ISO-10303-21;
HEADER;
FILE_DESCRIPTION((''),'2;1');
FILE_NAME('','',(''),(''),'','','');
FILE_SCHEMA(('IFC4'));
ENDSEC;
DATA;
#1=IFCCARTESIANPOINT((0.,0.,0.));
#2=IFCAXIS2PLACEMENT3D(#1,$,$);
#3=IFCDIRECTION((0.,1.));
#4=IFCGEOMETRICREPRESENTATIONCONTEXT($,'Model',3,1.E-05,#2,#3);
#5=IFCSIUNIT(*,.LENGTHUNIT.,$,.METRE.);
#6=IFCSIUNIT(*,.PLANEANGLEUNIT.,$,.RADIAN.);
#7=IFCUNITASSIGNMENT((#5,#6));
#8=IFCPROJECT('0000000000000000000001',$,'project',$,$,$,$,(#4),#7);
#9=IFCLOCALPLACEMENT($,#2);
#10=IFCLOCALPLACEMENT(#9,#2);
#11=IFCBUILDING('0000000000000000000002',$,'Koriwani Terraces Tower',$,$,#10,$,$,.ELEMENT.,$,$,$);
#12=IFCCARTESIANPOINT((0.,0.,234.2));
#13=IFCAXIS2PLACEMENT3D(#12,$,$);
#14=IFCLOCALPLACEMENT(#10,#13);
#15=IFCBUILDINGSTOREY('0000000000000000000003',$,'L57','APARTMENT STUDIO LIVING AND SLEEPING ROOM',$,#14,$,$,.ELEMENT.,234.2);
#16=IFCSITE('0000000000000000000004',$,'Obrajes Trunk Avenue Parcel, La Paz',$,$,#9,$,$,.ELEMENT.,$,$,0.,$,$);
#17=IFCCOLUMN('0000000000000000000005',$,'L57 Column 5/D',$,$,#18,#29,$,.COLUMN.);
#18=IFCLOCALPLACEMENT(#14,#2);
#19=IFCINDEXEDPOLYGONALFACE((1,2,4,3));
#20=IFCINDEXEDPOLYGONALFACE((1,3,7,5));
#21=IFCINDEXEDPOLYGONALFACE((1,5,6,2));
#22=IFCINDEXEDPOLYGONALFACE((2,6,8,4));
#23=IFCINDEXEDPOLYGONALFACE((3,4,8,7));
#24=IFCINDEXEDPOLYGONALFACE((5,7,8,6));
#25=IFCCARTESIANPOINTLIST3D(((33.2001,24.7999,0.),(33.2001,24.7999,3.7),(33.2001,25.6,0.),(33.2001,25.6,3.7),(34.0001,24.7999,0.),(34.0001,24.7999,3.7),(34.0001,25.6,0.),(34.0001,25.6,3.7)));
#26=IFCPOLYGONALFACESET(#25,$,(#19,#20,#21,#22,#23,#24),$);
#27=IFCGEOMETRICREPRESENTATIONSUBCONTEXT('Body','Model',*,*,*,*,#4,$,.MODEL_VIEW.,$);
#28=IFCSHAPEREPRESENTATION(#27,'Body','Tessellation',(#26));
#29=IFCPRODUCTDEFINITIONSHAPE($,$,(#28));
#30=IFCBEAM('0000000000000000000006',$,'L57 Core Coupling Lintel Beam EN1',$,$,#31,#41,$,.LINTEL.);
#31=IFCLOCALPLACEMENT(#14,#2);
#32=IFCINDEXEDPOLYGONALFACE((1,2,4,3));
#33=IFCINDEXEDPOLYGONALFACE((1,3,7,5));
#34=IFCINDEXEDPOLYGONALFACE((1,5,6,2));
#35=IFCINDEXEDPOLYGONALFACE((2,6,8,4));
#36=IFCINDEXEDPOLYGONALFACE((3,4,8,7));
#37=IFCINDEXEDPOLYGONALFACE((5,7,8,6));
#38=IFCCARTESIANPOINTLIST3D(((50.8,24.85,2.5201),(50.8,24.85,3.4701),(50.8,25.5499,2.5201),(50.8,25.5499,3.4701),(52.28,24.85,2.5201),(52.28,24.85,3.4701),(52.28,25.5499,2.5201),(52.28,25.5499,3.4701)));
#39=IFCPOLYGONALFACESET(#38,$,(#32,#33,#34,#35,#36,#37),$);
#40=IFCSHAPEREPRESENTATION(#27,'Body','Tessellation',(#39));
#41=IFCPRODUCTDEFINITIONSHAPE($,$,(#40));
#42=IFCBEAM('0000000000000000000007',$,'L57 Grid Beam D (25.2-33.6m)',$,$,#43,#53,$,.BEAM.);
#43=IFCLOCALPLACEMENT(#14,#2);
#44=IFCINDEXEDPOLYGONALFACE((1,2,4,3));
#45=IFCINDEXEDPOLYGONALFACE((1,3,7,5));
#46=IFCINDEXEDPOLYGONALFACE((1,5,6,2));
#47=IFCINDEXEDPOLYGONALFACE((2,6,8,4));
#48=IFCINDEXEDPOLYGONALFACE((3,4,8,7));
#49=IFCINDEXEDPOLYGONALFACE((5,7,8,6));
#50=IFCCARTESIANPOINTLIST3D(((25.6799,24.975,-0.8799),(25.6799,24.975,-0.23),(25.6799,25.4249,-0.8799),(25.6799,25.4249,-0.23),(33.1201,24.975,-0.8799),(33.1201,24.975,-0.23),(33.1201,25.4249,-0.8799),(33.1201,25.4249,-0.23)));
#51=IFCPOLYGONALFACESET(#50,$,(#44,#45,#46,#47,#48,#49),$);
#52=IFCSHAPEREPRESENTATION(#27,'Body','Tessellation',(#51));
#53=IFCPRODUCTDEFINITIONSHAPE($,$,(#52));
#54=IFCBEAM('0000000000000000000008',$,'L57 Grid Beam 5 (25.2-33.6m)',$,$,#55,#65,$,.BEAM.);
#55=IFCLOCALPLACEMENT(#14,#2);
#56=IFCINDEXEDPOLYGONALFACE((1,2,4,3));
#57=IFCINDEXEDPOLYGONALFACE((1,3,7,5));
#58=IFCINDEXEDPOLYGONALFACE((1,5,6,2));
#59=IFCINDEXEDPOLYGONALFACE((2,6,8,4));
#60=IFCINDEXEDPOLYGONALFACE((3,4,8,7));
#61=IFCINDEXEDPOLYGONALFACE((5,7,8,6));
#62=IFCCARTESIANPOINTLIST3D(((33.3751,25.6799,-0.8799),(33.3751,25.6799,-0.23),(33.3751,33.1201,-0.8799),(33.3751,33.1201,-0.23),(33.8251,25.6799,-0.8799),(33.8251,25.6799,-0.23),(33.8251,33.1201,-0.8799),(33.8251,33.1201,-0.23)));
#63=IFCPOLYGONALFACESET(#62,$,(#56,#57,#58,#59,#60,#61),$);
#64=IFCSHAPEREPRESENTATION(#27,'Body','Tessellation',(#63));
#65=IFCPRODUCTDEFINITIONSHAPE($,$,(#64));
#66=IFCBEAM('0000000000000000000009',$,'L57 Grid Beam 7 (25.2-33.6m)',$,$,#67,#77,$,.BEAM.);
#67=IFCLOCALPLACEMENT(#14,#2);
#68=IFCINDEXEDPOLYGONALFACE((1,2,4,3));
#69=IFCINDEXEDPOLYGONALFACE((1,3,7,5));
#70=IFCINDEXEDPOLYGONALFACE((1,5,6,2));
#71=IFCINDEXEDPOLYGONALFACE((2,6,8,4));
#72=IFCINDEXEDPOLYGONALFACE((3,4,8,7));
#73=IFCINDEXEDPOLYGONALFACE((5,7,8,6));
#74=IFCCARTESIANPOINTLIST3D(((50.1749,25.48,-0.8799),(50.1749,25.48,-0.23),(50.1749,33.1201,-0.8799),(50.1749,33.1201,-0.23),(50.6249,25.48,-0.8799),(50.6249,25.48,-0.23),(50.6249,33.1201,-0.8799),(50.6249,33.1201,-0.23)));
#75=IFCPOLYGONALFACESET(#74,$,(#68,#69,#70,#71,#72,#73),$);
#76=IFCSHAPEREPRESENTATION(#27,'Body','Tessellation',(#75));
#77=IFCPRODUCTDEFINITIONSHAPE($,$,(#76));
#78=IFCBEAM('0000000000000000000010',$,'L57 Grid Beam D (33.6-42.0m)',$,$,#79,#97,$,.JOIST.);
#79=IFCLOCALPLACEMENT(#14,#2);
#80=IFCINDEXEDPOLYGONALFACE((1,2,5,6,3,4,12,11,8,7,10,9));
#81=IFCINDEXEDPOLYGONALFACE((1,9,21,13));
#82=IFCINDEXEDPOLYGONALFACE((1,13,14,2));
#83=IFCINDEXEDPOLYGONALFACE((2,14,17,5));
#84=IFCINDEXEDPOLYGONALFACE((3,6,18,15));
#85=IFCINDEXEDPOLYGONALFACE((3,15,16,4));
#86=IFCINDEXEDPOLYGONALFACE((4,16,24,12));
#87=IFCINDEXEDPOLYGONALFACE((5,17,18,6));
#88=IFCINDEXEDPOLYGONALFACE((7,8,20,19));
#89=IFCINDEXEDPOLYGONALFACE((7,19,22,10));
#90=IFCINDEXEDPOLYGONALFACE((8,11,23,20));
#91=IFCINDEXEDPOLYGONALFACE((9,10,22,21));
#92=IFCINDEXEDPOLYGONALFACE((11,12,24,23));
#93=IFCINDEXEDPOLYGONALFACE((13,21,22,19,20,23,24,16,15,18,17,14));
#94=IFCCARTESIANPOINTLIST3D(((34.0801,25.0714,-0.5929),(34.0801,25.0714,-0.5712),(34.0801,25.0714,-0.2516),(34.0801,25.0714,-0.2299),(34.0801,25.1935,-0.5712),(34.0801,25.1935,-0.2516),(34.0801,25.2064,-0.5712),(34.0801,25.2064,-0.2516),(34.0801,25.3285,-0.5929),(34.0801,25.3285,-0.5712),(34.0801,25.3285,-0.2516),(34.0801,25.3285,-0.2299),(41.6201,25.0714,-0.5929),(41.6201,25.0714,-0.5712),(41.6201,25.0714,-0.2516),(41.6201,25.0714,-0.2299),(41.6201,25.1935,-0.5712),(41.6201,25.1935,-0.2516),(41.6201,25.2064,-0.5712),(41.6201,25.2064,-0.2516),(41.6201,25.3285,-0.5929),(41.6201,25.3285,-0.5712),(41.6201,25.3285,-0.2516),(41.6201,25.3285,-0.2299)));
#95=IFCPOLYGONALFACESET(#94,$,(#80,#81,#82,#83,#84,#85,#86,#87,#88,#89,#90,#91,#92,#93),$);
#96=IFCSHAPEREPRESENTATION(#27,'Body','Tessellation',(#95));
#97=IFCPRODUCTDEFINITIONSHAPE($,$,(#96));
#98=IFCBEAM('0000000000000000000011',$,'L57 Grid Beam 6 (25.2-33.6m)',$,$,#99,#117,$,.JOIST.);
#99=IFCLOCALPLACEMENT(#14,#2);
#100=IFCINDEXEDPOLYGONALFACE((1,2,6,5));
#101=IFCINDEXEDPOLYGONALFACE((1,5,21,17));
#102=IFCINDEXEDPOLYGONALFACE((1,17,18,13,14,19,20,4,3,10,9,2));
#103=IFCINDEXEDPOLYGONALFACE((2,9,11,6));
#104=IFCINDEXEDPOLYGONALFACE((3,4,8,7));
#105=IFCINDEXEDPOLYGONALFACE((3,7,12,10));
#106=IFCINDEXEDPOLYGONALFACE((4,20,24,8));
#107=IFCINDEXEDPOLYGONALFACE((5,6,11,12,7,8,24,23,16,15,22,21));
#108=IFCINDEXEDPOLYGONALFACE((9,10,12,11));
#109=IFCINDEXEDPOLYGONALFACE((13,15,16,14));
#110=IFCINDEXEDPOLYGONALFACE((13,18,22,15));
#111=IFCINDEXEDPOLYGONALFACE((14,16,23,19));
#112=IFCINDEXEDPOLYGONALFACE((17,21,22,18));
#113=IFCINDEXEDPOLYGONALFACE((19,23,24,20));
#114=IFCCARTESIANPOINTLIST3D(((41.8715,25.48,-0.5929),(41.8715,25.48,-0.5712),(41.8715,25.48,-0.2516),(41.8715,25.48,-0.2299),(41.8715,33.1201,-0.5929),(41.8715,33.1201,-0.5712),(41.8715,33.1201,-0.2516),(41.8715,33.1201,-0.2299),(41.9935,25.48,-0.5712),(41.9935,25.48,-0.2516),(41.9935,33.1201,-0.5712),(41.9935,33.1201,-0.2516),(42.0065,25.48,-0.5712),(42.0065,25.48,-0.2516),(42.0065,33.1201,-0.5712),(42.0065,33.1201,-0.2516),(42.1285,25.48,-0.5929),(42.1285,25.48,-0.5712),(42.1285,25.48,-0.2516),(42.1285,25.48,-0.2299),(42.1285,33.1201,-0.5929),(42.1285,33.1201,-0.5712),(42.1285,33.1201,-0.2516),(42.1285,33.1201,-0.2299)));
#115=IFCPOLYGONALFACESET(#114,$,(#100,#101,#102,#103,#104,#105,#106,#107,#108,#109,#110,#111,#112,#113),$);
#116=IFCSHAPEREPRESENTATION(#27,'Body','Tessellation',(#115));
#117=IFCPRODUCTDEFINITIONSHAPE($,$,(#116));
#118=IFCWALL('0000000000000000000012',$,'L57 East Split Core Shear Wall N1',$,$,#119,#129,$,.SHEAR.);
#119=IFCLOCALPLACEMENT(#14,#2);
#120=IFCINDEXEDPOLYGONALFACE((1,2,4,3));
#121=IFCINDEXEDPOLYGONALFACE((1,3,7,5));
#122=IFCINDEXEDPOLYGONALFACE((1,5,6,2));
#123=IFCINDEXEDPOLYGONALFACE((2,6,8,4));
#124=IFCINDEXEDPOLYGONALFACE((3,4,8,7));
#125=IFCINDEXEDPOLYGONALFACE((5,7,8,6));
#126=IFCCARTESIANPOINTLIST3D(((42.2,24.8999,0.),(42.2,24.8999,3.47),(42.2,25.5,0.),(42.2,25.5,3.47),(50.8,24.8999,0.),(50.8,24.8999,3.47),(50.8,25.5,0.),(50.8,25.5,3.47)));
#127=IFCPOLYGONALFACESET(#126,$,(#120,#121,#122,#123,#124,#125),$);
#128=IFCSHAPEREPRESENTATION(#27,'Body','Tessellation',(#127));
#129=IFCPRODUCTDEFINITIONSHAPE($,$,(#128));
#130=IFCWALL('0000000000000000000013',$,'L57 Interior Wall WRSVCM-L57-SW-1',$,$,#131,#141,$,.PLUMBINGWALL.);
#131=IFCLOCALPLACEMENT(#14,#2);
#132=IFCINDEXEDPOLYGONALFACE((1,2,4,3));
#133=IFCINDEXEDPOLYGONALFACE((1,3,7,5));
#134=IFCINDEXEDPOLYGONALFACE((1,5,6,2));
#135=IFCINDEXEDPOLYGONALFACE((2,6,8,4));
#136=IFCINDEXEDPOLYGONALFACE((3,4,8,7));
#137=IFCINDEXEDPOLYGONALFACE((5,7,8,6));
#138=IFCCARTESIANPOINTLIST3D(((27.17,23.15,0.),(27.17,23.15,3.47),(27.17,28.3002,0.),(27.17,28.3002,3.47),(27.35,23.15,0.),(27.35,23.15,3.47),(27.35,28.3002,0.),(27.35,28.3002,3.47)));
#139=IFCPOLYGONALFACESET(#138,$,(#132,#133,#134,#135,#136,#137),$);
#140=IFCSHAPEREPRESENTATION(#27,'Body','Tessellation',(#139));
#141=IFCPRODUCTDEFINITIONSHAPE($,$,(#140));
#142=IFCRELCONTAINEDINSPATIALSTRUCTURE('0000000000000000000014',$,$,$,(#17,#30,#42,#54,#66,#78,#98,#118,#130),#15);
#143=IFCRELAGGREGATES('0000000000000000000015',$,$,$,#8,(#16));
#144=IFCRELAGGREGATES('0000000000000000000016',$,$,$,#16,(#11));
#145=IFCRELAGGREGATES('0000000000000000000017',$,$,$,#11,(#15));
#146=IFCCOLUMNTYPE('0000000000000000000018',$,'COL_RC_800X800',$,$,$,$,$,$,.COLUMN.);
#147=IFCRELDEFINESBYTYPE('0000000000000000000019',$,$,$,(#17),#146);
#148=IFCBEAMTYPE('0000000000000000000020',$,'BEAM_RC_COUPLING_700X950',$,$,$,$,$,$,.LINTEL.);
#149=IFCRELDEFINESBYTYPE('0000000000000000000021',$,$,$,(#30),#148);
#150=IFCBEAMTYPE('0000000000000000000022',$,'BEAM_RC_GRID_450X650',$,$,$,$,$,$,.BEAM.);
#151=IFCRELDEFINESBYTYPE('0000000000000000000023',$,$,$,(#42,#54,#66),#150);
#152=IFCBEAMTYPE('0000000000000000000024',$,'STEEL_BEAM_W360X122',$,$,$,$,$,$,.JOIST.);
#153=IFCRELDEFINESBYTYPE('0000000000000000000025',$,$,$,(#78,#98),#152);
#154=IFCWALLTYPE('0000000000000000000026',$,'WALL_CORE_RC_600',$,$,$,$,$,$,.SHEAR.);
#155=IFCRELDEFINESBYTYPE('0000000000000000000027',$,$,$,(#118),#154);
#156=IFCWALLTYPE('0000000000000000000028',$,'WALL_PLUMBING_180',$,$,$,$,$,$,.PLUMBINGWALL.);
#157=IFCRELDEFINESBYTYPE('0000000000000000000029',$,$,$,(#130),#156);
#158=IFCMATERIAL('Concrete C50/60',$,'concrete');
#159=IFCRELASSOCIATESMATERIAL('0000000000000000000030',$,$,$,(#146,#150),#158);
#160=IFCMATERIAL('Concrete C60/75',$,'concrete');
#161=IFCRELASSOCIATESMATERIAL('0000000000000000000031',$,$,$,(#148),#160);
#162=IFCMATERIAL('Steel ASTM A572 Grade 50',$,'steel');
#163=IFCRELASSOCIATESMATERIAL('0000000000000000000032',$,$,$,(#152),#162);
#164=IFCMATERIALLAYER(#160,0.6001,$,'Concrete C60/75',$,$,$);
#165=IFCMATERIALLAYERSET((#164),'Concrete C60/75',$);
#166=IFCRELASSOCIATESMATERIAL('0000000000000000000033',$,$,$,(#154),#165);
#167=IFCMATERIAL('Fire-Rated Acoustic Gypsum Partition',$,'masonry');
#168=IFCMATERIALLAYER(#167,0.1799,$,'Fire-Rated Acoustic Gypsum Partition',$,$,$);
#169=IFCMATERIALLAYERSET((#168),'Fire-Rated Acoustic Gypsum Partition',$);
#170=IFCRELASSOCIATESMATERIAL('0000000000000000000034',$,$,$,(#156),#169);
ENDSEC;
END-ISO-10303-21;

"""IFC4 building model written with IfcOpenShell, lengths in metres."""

from ifc_helpers import new_model, si_unit, direction, frame, frame_2d, origin, origin_2d, place, context, subcontext, project, spatial, rectangle, i_section, extrude, material, layer, layer_set, material_profile, profile_set, type_object, element, save


model = new_model("IFC4")

# Units and contexts
model_context = context("Model", 3, precision=1e-05, world=origin(), true_north=direction((0.0, 1.0)))
body_context = subcontext(model_context, "Body", "Model", "MODEL_VIEW")
ifc_project = project(units=[si_unit("LENGTHUNIT", "METRE"), si_unit("PLANEANGLEUNIT", "RADIAN")], contexts=[model_context])

# Site, building, storey
site_placement = place(None, origin())
site = spatial("IfcSite", under=ifc_project, at=site_placement, Name="Obrajes Trunk Avenue Parcel, La Paz", CompositionType="ELEMENT", RefElevation=0.0)
building_placement = place(site_placement, origin())
building = spatial("IfcBuilding", under=site, at=building_placement, Name="Koriwani Terraces Tower", CompositionType="ELEMENT")
storey_placement = place(building_placement, frame((0.0, 0.0, 234.2)))
storey = spatial("IfcBuildingStorey", under=building, at=storey_placement, Name="L57", Description="APARTMENT STUDIO LIVING AND SLEEPING ROOM", CompositionType="ELEMENT", Elevation=234.2)

# Column
ifc_material_1 = material(Name="Concrete C50/60", Category="concrete")
ifc_material_profile_1 = material_profile(ifc_material_1, rectangle(XDim=0.8, YDim=0.8, at=origin_2d()), Name="Concrete C50/60", Category="LoadBearing")
ifc_profile_set_1 = profile_set([ifc_material_profile_1], Name="Concrete C50/60")
column_type = type_object("IfcColumnType", Name="COL_RC_800X800", PredefinedType="COLUMN", material=ifc_profile_set_1)
column_placement = place(storey_placement, frame((33.6001, 25.2, 0.0), z_axis=(0.0, 0.0, 1.0), x_axis=(1.0, 0.0, 0.0)))
element("IfcColumn", 1, at=column_placement, inside=storey, type_object=column_type, Name="L57 Column 5/D", PredefinedType="COLUMN", context=body_context, shape_type="SweptSolid", body=[
    extrude(rectangle(XDim=0.8, YDim=0.8, at=origin_2d()), origin(), (0.0, 0.0, 1.0), 3.7),
])

# Beams
ifc_material_2 = material(Name="Concrete C60/75", Category="concrete")
ifc_material_profile_2 = material_profile(ifc_material_2, rectangle(XDim=0.7, YDim=0.95, at=origin_2d()), Name="Concrete C60/75", Category="LoadBearing")
ifc_profile_set_2 = profile_set([ifc_material_profile_2], Name="Concrete C60/75")
beam_type_1 = type_object("IfcBeamType", Name="BEAM_RC_COUPLING_700X950", PredefinedType="LINTEL", material=ifc_profile_set_2)
beam_1_placement = place(storey_placement, frame((50.8, 25.2, 2.9951), z_axis=(1.0, 0.0, 0.0), x_axis=(0.0, 1.0, 0.0)))
element("IfcBeam", 2, at=beam_1_placement, inside=storey, type_object=beam_type_1, Name="L57 Core Coupling Lintel Beam EN1", PredefinedType="LINTEL", context=body_context, shape_type="SweptSolid", body=[
    extrude(rectangle(XDim=0.7, YDim=0.95, at=origin_2d()), origin(), (0.0, 0.0, 1.0), 1.48),
])
ifc_material_profile_3 = material_profile(ifc_material_1, rectangle(XDim=0.45, YDim=0.6499, at=origin_2d()), Name="Concrete C50/60", Category="LoadBearing")
ifc_profile_set_3 = profile_set([ifc_material_profile_3], Name="Concrete C50/60")
beam_type_2 = type_object("IfcBeamType", Name="BEAM_RC_GRID_450X650", PredefinedType="BEAM", material=ifc_profile_set_3)
for number, where, z_axis, x_axis, name in (
    (3, (25.6799, 25.2, -0.5549), (1.0, 0.0, 0.0), (0.0, 1.0, 0.0), "L57 Grid Beam D (25.2-33.6m)"),
    (4, (33.6001, 25.6799, -0.5549), (0.0, 1.0, 0.0), (-1.0, 0.0, 0.0), "L57 Grid Beam 5 (25.2-33.6m)"),
):
    element("IfcBeam", number, at=place(storey_placement, frame(where, z_axis=z_axis, x_axis=x_axis)), inside=storey, type_object=beam_type_2, Name=name, PredefinedType="BEAM", context=body_context, shape_type="SweptSolid", body=[
        extrude(rectangle(XDim=0.45, YDim=0.6499, at=origin_2d()), origin(), (0.0, 0.0, 1.0), 7.4402),
    ])
beam_2_placement = place(storey_placement, frame((50.3999, 25.48, -0.5549), z_axis=(0.0, 1.0, 0.0), x_axis=(-1.0, 0.0, 0.0)))
element("IfcBeam", 5, at=beam_2_placement, inside=storey, type_object=beam_type_2, Name="L57 Grid Beam 7 (25.2-33.6m)", PredefinedType="BEAM", context=body_context, shape_type="SweptSolid", body=[
    extrude(rectangle(XDim=0.45, YDim=0.6499, at=origin_2d()), origin(), (0.0, 0.0, 1.0), 7.6401),
])
ifc_material_3 = material(Name="Steel ASTM A572 Grade 50", Category="steel")
ifc_material_profile_4 = material_profile(ifc_material_3, i_section(OverallWidth=0.2571, OverallDepth=0.363, WebThickness=0.0129, FlangeThickness=0.0217, at=origin_2d()), Name="Steel ASTM A572 Grade 50", Category="LoadBearing")
ifc_profile_set_4 = profile_set([ifc_material_profile_4], Name="Steel ASTM A572 Grade 50")
beam_type_3 = type_object("IfcBeamType", Name="STEEL_BEAM_W360X122", PredefinedType="JOIST", material=ifc_profile_set_4)
beam_3_placement = place(storey_placement, frame((34.0801, 25.2, -0.4114), z_axis=(1.0, 0.0, 0.0), x_axis=(0.0, 1.0, 0.0)))
element("IfcBeam", 6, at=beam_3_placement, inside=storey, type_object=beam_type_3, Name="L57 Grid Beam D (33.6-42.0m)", PredefinedType="JOIST", context=body_context, shape_type="SweptSolid", body=[
    extrude(i_section(OverallWidth=0.2571, OverallDepth=0.363, WebThickness=0.0129, FlangeThickness=0.0217, at=origin_2d()), origin(), (0.0, 0.0, 1.0), 7.54),
])
beam_4_placement = place(storey_placement, frame((42.0, 25.48, -0.4114), z_axis=(0.0, 1.0, 0.0), x_axis=(-1.0, 0.0, 0.0)))
element("IfcBeam", 7, at=beam_4_placement, inside=storey, type_object=beam_type_3, Name="L57 Grid Beam 6 (25.2-33.6m)", PredefinedType="JOIST", context=body_context, shape_type="SweptSolid", body=[
    extrude(i_section(OverallWidth=0.2571, OverallDepth=0.363, WebThickness=0.0129, FlangeThickness=0.0217, at=origin_2d()), origin(), (0.0, 0.0, 1.0), 7.6401),
])

# Walls
ifc_layer_1 = layer(ifc_material_2, 0.6001, Name="Concrete C60/75")
ifc_layer_set_1 = layer_set([ifc_layer_1], Name="Concrete C60/75")
wall_type_1 = type_object("IfcWallType", Name="WALL_CORE_RC_600", PredefinedType="SHEAR", material=ifc_layer_set_1)
wall_1_placement = place(storey_placement, frame((42.2, 25.2, 0.0), z_axis=(0.0, 0.0, 1.0), x_axis=(1.0, 0.0, 0.0)))
element("IfcWall", 8, at=wall_1_placement, inside=storey, type_object=wall_type_1, Name="L57 East Split Core Shear Wall N1", PredefinedType="SHEAR", context=body_context, shape_type="SweptSolid", body=[
    extrude(rectangle(XDim=8.6001, YDim=0.6001, at=frame_2d((4.3, 0.0))), origin(), (0.0, 0.0, 1.0), 3.47),
])
ifc_material_4 = material(Name="Fire-Rated Acoustic Gypsum Partition", Category="masonry")
ifc_layer_2 = layer(ifc_material_4, 0.1799, Name="Fire-Rated Acoustic Gypsum Partition")
ifc_layer_set_2 = layer_set([ifc_layer_2], Name="Fire-Rated Acoustic Gypsum Partition")
wall_type_2 = type_object("IfcWallType", Name="WALL_PLUMBING_180", PredefinedType="PLUMBINGWALL", material=ifc_layer_set_2)
wall_2_placement = place(storey_placement, frame((27.26, 23.1499, 0.0), z_axis=(0.0, 0.0, 1.0), x_axis=(0.0, 1.0, 0.0)))
element("IfcWall", 9, at=wall_2_placement, inside=storey, type_object=wall_type_2, Name="L57 Interior Wall WRSVCM-L57-SW-1", PredefinedType="PLUMBINGWALL", context=body_context, shape_type="SweptSolid", body=[
    extrude(rectangle(XDim=5.1501, YDim=0.1799, at=frame_2d((2.5752, 0.0))), origin(), (0.0, 0.0, 1.0), 3.47),
])

save(model, "model.ifc")
